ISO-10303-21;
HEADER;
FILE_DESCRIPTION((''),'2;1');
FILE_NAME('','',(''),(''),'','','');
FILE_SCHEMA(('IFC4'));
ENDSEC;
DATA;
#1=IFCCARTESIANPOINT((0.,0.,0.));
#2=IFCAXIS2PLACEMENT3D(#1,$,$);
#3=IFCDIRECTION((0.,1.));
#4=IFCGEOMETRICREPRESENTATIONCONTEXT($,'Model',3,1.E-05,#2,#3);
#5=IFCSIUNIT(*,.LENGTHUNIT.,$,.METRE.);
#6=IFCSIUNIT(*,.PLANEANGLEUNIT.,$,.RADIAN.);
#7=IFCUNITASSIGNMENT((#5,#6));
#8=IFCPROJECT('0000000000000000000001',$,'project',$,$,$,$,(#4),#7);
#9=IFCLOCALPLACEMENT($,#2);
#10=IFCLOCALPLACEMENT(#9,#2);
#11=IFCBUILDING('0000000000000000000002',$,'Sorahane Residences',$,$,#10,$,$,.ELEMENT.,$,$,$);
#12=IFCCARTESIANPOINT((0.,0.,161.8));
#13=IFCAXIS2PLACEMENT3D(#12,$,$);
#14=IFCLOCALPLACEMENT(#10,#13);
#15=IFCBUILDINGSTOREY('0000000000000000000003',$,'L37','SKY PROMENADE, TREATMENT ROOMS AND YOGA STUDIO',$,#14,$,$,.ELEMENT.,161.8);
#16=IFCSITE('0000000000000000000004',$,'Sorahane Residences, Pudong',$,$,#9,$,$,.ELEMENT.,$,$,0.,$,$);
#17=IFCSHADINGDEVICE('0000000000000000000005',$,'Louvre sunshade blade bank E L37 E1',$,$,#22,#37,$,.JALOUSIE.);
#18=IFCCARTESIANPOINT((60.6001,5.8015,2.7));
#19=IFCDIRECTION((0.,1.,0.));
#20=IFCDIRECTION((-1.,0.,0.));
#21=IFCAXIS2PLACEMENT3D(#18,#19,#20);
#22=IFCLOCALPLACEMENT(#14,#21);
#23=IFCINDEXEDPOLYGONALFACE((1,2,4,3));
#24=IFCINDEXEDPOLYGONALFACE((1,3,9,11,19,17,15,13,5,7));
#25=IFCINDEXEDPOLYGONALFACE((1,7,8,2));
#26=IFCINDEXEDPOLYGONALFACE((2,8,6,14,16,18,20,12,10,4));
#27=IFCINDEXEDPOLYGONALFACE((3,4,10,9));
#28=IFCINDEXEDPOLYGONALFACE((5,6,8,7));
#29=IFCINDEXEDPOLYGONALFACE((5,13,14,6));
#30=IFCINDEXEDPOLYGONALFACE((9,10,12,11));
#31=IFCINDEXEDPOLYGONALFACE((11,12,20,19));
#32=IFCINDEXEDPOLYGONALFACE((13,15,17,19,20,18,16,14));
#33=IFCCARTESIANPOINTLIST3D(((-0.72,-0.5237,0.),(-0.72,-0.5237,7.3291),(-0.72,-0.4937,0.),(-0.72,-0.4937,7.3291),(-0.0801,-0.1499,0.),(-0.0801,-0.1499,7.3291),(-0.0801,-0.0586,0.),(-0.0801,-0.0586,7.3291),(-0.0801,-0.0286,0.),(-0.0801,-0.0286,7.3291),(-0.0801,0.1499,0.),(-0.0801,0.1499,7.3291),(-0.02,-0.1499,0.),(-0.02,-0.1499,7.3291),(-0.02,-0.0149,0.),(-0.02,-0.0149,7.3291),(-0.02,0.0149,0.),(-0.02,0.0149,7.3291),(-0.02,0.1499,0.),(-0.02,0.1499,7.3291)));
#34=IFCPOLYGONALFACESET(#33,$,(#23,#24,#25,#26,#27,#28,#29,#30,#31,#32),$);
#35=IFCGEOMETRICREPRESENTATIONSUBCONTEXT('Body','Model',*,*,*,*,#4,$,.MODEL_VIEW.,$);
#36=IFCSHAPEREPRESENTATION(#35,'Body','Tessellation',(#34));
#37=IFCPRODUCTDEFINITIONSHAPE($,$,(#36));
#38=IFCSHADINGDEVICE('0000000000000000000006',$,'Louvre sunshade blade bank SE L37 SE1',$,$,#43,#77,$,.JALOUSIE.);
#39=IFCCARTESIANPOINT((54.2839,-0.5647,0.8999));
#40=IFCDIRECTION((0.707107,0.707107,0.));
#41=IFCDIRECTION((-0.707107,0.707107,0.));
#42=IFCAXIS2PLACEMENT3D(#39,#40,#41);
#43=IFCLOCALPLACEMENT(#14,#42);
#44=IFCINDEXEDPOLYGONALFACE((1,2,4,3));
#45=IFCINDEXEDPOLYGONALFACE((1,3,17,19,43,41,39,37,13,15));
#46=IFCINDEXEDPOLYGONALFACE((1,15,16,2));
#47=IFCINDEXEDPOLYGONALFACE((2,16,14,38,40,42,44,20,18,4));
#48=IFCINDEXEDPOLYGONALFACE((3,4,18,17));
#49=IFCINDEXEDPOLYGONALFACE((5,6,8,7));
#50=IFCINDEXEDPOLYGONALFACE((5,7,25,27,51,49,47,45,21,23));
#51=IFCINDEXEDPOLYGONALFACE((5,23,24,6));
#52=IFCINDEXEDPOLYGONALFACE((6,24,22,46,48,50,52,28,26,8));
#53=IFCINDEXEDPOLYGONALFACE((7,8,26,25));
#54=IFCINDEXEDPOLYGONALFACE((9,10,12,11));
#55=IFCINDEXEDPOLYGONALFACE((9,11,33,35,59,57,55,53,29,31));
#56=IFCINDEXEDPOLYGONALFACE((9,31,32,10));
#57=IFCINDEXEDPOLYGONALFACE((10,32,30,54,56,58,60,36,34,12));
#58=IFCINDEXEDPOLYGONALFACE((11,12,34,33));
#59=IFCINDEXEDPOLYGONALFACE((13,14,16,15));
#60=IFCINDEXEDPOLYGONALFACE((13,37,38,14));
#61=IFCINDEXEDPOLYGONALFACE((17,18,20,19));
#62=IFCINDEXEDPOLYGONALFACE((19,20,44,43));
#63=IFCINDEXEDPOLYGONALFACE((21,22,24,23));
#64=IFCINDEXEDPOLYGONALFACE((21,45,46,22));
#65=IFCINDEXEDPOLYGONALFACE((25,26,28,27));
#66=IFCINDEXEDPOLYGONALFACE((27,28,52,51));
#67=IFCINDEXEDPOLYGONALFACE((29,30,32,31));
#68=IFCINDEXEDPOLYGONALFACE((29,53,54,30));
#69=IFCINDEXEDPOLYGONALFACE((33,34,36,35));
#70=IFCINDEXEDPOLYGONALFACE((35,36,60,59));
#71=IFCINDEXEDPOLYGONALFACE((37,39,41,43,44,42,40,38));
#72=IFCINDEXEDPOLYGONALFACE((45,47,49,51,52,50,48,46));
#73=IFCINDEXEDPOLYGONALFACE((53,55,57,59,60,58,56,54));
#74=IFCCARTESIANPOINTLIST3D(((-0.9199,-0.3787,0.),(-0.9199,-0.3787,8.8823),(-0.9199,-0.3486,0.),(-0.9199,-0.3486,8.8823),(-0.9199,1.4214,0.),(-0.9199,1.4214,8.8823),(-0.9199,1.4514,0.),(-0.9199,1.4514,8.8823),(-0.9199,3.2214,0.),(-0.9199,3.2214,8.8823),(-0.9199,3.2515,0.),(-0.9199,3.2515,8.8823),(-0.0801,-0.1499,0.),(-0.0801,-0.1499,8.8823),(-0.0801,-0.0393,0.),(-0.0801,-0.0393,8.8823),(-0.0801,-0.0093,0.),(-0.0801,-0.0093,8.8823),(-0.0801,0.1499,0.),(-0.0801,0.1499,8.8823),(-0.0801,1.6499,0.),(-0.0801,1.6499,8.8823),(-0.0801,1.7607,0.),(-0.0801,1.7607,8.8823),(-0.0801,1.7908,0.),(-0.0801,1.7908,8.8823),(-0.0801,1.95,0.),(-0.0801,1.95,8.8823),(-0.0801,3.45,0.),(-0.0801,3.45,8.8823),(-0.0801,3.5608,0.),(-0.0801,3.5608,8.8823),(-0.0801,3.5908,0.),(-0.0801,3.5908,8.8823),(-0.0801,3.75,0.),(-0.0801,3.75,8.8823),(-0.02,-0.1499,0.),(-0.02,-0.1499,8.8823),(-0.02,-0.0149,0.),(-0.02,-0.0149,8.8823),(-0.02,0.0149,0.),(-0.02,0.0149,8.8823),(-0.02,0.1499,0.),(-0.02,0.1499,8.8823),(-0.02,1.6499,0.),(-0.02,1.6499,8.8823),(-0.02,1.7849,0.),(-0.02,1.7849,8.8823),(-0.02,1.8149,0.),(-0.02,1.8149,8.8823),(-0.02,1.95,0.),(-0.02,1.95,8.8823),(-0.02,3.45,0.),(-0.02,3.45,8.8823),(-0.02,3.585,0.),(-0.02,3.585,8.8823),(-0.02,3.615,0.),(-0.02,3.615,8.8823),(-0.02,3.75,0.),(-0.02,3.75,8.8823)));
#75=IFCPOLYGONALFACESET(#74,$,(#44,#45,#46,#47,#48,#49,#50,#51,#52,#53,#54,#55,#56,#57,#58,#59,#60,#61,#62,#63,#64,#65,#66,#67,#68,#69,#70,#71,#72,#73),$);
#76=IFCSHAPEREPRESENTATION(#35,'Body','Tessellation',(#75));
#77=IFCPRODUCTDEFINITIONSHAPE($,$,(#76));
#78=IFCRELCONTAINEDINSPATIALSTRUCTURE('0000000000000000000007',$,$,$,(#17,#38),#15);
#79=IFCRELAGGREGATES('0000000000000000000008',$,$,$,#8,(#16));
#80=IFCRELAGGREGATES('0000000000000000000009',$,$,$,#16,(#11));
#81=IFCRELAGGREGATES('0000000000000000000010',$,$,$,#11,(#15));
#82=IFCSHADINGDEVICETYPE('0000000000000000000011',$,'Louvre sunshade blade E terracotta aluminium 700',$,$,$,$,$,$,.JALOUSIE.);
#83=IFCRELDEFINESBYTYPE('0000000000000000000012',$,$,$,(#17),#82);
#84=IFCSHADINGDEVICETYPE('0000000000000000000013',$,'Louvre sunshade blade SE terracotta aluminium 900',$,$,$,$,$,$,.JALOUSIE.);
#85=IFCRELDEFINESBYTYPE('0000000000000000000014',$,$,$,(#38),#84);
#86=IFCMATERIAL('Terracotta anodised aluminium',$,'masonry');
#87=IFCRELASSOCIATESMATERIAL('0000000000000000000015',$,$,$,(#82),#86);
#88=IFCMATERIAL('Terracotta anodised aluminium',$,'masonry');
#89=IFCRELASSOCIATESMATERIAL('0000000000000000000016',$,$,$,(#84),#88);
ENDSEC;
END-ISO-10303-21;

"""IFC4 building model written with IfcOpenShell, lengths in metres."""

from ifc_helpers import new_model, si_unit, direction, frame, origin, place, context, subcontext, project, spatial, polyline, outline, composite_profile, extrude, material, type_object, element, save


model = new_model("IFC4")

# Units and contexts
model_context = context("Model", 3, precision=1e-05, world=origin(), true_north=direction((0.0, 1.0)))
body_context = subcontext(model_context, "Body", "Model", "MODEL_VIEW")
ifc_project = project(units=[si_unit("LENGTHUNIT", "METRE"), si_unit("PLANEANGLEUNIT", "RADIAN")], contexts=[model_context])

# Site, building, storey
site_placement = place(None, origin())
site = spatial("IfcSite", under=ifc_project, at=site_placement, Name="Sorahane Residences, Pudong", CompositionType="ELEMENT", RefElevation=0.0)
building_placement = place(site_placement, origin())
building = spatial("IfcBuilding", under=site, at=building_placement, Name="Sorahane Residences", CompositionType="ELEMENT")
storey_placement = place(building_placement, frame((0.0, 0.0, 161.8)))
storey = spatial("IfcBuildingStorey", under=building, at=storey_placement, Name="L37", Description="SKY PROMENADE, TREATMENT ROOMS AND YOGA STUDIO", CompositionType="ELEMENT", Elevation=161.8)

# Shading devices
ifc_material_1 = material(Name="Terracotta anodised aluminium", Category="masonry")
shading_device_type_1 = type_object("IfcShadingDeviceType", Name="Louvre sunshade blade E terracotta aluminium 700", PredefinedType="JALOUSIE", material=ifc_material_1)
shading_device_1_placement = place(storey_placement, frame((60.6001, 5.8015, 2.7), z_axis=(0.0, 1.0, 0.0), x_axis=(-1.0, 0.0, 0.0)))
element("IfcShadingDevice", 1, at=shading_device_1_placement, inside=storey, type_object=shading_device_type_1, Name="Louvre sunshade blade bank E L37 E1", PredefinedType="JALOUSIE", context=body_context, shape_type="SweptSolid", body=[
    extrude(outline(polyline([(-0.72, -0.4937), (-0.72, -0.5237), (-0.0801, -0.0586), (-0.0801, -0.1499), (-0.02, -0.1499), (-0.02, -0.0149), (-0.02, 0.0149), (-0.02, 0.1499), (-0.0801, 0.1499), (-0.0801, -0.0286), (-0.72, -0.4937)])), origin(), (0.0, 0.0, 1.0), 7.3291),
])
ifc_material_2 = material(Name="Terracotta anodised aluminium", Category="masonry")
shading_device_type_2 = type_object("IfcShadingDeviceType", Name="Louvre sunshade blade SE terracotta aluminium 900", PredefinedType="JALOUSIE", material=ifc_material_2)
shading_device_2_placement = place(storey_placement, frame((54.2839, -0.5647, 0.8999), z_axis=(0.707107, 0.707107, 0.0), x_axis=(-0.707107, 0.707107, 0.0)))
element("IfcShadingDevice", 2, at=shading_device_2_placement, inside=storey, type_object=shading_device_type_2, Name="Louvre sunshade blade bank SE L37 SE1", PredefinedType="JALOUSIE", context=body_context, shape_type="SweptSolid", body=[
    extrude(composite_profile([outline(polyline([(-0.9199, -0.3486), (-0.9199, -0.3787), (-0.0801, -0.0393), (-0.0801, -0.1499), (-0.02, -0.1499), (-0.02, -0.0149), (-0.02, 0.0149), (-0.02, 0.1499), (-0.0801, 0.1499), (-0.0801, -0.0093), (-0.9199, -0.3486)])), outline(polyline([(-0.9199, 1.4514), (-0.9199, 1.4214), (-0.0801, 1.7607), (-0.0801, 1.6499), (-0.02, 1.6499), (-0.02, 1.7849), (-0.02, 1.8149), (-0.02, 1.95), (-0.0801, 1.95), (-0.0801, 1.7908), (-0.9199, 1.4514)])), outline(polyline([(-0.9199, 3.2515), (-0.9199, 3.2214), (-0.0801, 3.5608), (-0.0801, 3.45), (-0.02, 3.45), (-0.02, 3.585), (-0.02, 3.615), (-0.02, 3.75), (-0.0801, 3.75), (-0.0801, 3.5908), (-0.9199, 3.2515)]))]), origin(), (0.0, 0.0, 1.0), 8.8823),
])

save(model, "model.ifc")
